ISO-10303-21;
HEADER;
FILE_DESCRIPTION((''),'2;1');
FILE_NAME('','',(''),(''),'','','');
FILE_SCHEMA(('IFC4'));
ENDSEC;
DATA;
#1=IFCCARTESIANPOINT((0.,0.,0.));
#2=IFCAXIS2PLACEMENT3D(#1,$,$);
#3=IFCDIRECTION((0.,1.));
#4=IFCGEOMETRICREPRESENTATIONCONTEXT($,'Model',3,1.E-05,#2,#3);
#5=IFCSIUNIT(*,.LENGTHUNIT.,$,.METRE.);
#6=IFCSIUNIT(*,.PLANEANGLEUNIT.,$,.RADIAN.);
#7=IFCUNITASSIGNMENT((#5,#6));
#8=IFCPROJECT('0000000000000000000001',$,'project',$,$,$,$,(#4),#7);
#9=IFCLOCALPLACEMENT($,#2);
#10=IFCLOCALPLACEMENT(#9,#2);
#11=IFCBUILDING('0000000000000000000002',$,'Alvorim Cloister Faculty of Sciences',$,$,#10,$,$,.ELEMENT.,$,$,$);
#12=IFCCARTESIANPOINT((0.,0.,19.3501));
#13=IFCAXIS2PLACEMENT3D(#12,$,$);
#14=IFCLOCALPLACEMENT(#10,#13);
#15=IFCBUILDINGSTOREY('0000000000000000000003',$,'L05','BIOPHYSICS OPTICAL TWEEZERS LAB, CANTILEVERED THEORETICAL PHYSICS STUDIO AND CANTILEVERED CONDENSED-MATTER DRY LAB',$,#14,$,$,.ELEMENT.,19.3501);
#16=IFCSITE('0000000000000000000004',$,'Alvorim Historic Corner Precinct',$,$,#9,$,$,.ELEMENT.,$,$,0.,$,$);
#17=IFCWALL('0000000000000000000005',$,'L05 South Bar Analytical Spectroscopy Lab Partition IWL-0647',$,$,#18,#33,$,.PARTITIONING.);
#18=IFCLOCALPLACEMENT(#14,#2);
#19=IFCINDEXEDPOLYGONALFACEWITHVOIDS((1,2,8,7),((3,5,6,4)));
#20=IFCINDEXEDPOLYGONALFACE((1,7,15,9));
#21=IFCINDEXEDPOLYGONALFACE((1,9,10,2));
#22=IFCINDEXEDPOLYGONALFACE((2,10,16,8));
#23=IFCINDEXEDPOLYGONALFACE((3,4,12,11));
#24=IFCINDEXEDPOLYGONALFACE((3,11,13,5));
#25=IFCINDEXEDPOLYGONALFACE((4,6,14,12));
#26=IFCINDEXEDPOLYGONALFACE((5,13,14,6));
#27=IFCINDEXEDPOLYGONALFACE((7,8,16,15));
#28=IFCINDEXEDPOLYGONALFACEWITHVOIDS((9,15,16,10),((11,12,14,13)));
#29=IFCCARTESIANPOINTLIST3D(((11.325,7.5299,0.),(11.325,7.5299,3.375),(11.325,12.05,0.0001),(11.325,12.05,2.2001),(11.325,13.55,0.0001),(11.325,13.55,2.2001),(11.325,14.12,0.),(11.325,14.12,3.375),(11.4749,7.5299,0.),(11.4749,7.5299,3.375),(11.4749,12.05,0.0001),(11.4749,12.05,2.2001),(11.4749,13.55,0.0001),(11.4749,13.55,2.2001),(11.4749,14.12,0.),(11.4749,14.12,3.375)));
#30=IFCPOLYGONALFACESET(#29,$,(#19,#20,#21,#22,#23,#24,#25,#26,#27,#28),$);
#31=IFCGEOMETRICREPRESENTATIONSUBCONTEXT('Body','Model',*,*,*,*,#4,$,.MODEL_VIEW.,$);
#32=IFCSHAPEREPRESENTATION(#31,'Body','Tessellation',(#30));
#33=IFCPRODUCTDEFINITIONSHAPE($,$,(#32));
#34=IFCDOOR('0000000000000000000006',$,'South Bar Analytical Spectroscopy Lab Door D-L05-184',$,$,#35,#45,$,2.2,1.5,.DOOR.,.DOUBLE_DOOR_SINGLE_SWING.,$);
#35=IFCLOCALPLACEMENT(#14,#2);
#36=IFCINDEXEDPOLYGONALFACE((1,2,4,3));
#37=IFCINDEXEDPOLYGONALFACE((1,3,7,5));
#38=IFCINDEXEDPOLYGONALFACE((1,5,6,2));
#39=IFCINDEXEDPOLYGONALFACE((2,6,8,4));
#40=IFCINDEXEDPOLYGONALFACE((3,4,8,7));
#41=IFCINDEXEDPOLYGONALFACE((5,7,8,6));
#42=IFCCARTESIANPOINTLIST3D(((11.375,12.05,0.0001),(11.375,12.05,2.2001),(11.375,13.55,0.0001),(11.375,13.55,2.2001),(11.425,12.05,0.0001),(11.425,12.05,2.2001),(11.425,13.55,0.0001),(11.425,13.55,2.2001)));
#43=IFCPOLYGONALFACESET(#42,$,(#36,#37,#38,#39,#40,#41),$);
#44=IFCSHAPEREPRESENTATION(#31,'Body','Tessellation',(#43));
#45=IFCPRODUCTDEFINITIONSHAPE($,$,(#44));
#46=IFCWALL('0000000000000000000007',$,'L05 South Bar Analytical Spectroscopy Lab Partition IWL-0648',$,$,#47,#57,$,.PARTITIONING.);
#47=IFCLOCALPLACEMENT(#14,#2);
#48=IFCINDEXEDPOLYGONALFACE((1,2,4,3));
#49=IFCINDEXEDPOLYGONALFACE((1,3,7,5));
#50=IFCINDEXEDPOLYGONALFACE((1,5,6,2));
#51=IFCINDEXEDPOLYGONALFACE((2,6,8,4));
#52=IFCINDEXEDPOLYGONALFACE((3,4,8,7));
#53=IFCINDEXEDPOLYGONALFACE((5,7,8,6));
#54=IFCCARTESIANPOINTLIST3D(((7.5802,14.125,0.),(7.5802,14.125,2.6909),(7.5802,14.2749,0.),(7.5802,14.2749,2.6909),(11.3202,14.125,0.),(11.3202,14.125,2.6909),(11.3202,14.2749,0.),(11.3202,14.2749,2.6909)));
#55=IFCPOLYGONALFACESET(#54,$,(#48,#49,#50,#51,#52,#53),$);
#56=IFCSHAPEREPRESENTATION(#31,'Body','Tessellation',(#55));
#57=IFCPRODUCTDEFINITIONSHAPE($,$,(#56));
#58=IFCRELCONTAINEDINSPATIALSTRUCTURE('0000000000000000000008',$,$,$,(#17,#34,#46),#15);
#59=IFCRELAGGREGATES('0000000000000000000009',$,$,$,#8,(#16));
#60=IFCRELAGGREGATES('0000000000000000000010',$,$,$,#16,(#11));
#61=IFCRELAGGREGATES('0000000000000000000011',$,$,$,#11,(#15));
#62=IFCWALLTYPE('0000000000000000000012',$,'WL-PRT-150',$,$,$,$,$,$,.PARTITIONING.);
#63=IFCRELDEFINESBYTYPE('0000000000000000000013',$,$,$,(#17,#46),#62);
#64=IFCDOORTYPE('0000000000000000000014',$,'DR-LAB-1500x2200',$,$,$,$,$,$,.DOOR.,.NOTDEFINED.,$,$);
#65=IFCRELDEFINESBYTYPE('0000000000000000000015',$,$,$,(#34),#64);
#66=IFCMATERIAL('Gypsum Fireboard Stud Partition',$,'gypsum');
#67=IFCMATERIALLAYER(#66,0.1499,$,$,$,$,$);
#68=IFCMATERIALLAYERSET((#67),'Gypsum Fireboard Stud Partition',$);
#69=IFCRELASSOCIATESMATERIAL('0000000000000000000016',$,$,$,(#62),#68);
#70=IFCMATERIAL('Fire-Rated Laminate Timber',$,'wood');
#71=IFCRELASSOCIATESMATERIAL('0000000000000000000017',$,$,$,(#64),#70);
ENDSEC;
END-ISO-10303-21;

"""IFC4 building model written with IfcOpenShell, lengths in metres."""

from ifc_helpers import new_model, si_unit, direction, frame, frame_2d, origin, place, context, subcontext, project, spatial, rectangle, extrude, material, layer, layer_set, type_object, element, fill, save


model = new_model("IFC4")

# Units and contexts
model_context = context("Model", 3, precision=1e-05, world=origin(), true_north=direction((0.0, 1.0)))
body_context = subcontext(model_context, "Body", "Model", "MODEL_VIEW")
ifc_project = project(units=[si_unit("LENGTHUNIT", "METRE"), si_unit("PLANEANGLEUNIT", "RADIAN")], contexts=[model_context])

# Site, building, storey
site_placement = place(None, origin())
site = spatial("IfcSite", under=ifc_project, at=site_placement, Name="Alvorim Historic Corner Precinct", CompositionType="ELEMENT", RefElevation=0.0)
building_placement = place(site_placement, origin())
building = spatial("IfcBuilding", under=site, at=building_placement, Name="Alvorim Cloister Faculty of Sciences", CompositionType="ELEMENT")
storey_placement = place(building_placement, frame((0.0, 0.0, 19.3501)))
storey = spatial("IfcBuildingStorey", under=building, at=storey_placement, Name="L05", Description="BIOPHYSICS OPTICAL TWEEZERS LAB, CANTILEVERED THEORETICAL PHYSICS STUDIO AND CANTILEVERED CONDENSED-MATTER DRY LAB", CompositionType="ELEMENT", Elevation=19.3501)

# Wall, opening, door
ifc_material_1 = material(Name="Gypsum Fireboard Stud Partition", Category="gypsum")
ifc_layer_1 = layer(ifc_material_1, 0.1499)
ifc_layer_set_1 = layer_set([ifc_layer_1], Name="Gypsum Fireboard Stud Partition")
wall_type_1 = type_object("IfcWallType", Name="WL-PRT-150", PredefinedType="PARTITIONING", material=ifc_layer_set_1)
wall_1_placement = place(storey_placement, frame((11.3999, 7.53, 0.0), z_axis=(0.0, 0.0, 1.0), x_axis=(0.0, 1.0, 0.0)))
wall_1 = element("IfcWall", 1, at=wall_1_placement, inside=storey, type_object=wall_type_1, Name="L05 South Bar Analytical Spectroscopy Lab Partition IWL-0647", PredefinedType="PARTITIONING", context=body_context, shape_type="SweptSolid", body=[
    extrude(rectangle(XDim=6.5901, YDim=0.1499, at=frame_2d((3.2949, 0.0))), origin(), (0.0, 0.0, 1.0), 3.375),
])
opening_1_placement = place(wall_1_placement, frame((4.52, 0.0, 0.0)))
opening_1 = element("IfcOpeningElement", 2, at=opening_1_placement, cuts=wall_1, PredefinedType="OPENING", context=body_context, shape_type="SweptSolid", body=[
    extrude(rectangle(XDim=1.5, YDim=2.2, at=frame_2d((0.75, 1.1001))), frame((0.0, 0.0869, 0.0), z_axis=(0.0, -1.0, 0.0), x_axis=(1.0, 0.0, 0.0)), (0.0, 0.0, 1.0), 0.1738),
])
ifc_material_2 = material(Name="Fire-Rated Laminate Timber", Category="wood")
door_type_1 = type_object("IfcDoorType", Name="DR-LAB-1500x2200", OperationType="NOTDEFINED", PredefinedType="DOOR", material=ifc_material_2)
door_1_placement = place(opening_1_placement, origin())
door_1 = element("IfcDoor", 3, at=door_1_placement, inside=storey, type_object=door_type_1, Name="South Bar Analytical Spectroscopy Lab Door D-L05-184", OperationType="DOUBLE_DOOR_SINGLE_SWING", OverallHeight=2.2, OverallWidth=1.5, PredefinedType="DOOR", context=body_context, shape_type="SweptSolid", body=[
    extrude(rectangle(XDim=1.5, YDim=2.2, at=frame_2d((0.75, 1.1001))), frame((0.0, 0.0249, 0.0), z_axis=(0.0, -1.0, 0.0), x_axis=(1.0, 0.0, 0.0)), (0.0, 0.0, 1.0), 0.05),
])
fill(opening_1, door_1)

# Wall
wall_2_placement = place(storey_placement, frame((7.5801, 14.2, 0.0), z_axis=(0.0, 0.0, 1.0), x_axis=(1.0, 0.0, 0.0)))
element("IfcWall", 4, at=wall_2_placement, inside=storey, type_object=wall_type_1, Name="L05 South Bar Analytical Spectroscopy Lab Partition IWL-0648", PredefinedType="PARTITIONING", context=body_context, shape_type="SweptSolid", body=[
    extrude(rectangle(XDim=3.74, YDim=0.1499, at=frame_2d((1.8701, 0.0))), origin(), (0.0, 0.0, 1.0), 2.6909),
])

save(model, "model.ifc")
